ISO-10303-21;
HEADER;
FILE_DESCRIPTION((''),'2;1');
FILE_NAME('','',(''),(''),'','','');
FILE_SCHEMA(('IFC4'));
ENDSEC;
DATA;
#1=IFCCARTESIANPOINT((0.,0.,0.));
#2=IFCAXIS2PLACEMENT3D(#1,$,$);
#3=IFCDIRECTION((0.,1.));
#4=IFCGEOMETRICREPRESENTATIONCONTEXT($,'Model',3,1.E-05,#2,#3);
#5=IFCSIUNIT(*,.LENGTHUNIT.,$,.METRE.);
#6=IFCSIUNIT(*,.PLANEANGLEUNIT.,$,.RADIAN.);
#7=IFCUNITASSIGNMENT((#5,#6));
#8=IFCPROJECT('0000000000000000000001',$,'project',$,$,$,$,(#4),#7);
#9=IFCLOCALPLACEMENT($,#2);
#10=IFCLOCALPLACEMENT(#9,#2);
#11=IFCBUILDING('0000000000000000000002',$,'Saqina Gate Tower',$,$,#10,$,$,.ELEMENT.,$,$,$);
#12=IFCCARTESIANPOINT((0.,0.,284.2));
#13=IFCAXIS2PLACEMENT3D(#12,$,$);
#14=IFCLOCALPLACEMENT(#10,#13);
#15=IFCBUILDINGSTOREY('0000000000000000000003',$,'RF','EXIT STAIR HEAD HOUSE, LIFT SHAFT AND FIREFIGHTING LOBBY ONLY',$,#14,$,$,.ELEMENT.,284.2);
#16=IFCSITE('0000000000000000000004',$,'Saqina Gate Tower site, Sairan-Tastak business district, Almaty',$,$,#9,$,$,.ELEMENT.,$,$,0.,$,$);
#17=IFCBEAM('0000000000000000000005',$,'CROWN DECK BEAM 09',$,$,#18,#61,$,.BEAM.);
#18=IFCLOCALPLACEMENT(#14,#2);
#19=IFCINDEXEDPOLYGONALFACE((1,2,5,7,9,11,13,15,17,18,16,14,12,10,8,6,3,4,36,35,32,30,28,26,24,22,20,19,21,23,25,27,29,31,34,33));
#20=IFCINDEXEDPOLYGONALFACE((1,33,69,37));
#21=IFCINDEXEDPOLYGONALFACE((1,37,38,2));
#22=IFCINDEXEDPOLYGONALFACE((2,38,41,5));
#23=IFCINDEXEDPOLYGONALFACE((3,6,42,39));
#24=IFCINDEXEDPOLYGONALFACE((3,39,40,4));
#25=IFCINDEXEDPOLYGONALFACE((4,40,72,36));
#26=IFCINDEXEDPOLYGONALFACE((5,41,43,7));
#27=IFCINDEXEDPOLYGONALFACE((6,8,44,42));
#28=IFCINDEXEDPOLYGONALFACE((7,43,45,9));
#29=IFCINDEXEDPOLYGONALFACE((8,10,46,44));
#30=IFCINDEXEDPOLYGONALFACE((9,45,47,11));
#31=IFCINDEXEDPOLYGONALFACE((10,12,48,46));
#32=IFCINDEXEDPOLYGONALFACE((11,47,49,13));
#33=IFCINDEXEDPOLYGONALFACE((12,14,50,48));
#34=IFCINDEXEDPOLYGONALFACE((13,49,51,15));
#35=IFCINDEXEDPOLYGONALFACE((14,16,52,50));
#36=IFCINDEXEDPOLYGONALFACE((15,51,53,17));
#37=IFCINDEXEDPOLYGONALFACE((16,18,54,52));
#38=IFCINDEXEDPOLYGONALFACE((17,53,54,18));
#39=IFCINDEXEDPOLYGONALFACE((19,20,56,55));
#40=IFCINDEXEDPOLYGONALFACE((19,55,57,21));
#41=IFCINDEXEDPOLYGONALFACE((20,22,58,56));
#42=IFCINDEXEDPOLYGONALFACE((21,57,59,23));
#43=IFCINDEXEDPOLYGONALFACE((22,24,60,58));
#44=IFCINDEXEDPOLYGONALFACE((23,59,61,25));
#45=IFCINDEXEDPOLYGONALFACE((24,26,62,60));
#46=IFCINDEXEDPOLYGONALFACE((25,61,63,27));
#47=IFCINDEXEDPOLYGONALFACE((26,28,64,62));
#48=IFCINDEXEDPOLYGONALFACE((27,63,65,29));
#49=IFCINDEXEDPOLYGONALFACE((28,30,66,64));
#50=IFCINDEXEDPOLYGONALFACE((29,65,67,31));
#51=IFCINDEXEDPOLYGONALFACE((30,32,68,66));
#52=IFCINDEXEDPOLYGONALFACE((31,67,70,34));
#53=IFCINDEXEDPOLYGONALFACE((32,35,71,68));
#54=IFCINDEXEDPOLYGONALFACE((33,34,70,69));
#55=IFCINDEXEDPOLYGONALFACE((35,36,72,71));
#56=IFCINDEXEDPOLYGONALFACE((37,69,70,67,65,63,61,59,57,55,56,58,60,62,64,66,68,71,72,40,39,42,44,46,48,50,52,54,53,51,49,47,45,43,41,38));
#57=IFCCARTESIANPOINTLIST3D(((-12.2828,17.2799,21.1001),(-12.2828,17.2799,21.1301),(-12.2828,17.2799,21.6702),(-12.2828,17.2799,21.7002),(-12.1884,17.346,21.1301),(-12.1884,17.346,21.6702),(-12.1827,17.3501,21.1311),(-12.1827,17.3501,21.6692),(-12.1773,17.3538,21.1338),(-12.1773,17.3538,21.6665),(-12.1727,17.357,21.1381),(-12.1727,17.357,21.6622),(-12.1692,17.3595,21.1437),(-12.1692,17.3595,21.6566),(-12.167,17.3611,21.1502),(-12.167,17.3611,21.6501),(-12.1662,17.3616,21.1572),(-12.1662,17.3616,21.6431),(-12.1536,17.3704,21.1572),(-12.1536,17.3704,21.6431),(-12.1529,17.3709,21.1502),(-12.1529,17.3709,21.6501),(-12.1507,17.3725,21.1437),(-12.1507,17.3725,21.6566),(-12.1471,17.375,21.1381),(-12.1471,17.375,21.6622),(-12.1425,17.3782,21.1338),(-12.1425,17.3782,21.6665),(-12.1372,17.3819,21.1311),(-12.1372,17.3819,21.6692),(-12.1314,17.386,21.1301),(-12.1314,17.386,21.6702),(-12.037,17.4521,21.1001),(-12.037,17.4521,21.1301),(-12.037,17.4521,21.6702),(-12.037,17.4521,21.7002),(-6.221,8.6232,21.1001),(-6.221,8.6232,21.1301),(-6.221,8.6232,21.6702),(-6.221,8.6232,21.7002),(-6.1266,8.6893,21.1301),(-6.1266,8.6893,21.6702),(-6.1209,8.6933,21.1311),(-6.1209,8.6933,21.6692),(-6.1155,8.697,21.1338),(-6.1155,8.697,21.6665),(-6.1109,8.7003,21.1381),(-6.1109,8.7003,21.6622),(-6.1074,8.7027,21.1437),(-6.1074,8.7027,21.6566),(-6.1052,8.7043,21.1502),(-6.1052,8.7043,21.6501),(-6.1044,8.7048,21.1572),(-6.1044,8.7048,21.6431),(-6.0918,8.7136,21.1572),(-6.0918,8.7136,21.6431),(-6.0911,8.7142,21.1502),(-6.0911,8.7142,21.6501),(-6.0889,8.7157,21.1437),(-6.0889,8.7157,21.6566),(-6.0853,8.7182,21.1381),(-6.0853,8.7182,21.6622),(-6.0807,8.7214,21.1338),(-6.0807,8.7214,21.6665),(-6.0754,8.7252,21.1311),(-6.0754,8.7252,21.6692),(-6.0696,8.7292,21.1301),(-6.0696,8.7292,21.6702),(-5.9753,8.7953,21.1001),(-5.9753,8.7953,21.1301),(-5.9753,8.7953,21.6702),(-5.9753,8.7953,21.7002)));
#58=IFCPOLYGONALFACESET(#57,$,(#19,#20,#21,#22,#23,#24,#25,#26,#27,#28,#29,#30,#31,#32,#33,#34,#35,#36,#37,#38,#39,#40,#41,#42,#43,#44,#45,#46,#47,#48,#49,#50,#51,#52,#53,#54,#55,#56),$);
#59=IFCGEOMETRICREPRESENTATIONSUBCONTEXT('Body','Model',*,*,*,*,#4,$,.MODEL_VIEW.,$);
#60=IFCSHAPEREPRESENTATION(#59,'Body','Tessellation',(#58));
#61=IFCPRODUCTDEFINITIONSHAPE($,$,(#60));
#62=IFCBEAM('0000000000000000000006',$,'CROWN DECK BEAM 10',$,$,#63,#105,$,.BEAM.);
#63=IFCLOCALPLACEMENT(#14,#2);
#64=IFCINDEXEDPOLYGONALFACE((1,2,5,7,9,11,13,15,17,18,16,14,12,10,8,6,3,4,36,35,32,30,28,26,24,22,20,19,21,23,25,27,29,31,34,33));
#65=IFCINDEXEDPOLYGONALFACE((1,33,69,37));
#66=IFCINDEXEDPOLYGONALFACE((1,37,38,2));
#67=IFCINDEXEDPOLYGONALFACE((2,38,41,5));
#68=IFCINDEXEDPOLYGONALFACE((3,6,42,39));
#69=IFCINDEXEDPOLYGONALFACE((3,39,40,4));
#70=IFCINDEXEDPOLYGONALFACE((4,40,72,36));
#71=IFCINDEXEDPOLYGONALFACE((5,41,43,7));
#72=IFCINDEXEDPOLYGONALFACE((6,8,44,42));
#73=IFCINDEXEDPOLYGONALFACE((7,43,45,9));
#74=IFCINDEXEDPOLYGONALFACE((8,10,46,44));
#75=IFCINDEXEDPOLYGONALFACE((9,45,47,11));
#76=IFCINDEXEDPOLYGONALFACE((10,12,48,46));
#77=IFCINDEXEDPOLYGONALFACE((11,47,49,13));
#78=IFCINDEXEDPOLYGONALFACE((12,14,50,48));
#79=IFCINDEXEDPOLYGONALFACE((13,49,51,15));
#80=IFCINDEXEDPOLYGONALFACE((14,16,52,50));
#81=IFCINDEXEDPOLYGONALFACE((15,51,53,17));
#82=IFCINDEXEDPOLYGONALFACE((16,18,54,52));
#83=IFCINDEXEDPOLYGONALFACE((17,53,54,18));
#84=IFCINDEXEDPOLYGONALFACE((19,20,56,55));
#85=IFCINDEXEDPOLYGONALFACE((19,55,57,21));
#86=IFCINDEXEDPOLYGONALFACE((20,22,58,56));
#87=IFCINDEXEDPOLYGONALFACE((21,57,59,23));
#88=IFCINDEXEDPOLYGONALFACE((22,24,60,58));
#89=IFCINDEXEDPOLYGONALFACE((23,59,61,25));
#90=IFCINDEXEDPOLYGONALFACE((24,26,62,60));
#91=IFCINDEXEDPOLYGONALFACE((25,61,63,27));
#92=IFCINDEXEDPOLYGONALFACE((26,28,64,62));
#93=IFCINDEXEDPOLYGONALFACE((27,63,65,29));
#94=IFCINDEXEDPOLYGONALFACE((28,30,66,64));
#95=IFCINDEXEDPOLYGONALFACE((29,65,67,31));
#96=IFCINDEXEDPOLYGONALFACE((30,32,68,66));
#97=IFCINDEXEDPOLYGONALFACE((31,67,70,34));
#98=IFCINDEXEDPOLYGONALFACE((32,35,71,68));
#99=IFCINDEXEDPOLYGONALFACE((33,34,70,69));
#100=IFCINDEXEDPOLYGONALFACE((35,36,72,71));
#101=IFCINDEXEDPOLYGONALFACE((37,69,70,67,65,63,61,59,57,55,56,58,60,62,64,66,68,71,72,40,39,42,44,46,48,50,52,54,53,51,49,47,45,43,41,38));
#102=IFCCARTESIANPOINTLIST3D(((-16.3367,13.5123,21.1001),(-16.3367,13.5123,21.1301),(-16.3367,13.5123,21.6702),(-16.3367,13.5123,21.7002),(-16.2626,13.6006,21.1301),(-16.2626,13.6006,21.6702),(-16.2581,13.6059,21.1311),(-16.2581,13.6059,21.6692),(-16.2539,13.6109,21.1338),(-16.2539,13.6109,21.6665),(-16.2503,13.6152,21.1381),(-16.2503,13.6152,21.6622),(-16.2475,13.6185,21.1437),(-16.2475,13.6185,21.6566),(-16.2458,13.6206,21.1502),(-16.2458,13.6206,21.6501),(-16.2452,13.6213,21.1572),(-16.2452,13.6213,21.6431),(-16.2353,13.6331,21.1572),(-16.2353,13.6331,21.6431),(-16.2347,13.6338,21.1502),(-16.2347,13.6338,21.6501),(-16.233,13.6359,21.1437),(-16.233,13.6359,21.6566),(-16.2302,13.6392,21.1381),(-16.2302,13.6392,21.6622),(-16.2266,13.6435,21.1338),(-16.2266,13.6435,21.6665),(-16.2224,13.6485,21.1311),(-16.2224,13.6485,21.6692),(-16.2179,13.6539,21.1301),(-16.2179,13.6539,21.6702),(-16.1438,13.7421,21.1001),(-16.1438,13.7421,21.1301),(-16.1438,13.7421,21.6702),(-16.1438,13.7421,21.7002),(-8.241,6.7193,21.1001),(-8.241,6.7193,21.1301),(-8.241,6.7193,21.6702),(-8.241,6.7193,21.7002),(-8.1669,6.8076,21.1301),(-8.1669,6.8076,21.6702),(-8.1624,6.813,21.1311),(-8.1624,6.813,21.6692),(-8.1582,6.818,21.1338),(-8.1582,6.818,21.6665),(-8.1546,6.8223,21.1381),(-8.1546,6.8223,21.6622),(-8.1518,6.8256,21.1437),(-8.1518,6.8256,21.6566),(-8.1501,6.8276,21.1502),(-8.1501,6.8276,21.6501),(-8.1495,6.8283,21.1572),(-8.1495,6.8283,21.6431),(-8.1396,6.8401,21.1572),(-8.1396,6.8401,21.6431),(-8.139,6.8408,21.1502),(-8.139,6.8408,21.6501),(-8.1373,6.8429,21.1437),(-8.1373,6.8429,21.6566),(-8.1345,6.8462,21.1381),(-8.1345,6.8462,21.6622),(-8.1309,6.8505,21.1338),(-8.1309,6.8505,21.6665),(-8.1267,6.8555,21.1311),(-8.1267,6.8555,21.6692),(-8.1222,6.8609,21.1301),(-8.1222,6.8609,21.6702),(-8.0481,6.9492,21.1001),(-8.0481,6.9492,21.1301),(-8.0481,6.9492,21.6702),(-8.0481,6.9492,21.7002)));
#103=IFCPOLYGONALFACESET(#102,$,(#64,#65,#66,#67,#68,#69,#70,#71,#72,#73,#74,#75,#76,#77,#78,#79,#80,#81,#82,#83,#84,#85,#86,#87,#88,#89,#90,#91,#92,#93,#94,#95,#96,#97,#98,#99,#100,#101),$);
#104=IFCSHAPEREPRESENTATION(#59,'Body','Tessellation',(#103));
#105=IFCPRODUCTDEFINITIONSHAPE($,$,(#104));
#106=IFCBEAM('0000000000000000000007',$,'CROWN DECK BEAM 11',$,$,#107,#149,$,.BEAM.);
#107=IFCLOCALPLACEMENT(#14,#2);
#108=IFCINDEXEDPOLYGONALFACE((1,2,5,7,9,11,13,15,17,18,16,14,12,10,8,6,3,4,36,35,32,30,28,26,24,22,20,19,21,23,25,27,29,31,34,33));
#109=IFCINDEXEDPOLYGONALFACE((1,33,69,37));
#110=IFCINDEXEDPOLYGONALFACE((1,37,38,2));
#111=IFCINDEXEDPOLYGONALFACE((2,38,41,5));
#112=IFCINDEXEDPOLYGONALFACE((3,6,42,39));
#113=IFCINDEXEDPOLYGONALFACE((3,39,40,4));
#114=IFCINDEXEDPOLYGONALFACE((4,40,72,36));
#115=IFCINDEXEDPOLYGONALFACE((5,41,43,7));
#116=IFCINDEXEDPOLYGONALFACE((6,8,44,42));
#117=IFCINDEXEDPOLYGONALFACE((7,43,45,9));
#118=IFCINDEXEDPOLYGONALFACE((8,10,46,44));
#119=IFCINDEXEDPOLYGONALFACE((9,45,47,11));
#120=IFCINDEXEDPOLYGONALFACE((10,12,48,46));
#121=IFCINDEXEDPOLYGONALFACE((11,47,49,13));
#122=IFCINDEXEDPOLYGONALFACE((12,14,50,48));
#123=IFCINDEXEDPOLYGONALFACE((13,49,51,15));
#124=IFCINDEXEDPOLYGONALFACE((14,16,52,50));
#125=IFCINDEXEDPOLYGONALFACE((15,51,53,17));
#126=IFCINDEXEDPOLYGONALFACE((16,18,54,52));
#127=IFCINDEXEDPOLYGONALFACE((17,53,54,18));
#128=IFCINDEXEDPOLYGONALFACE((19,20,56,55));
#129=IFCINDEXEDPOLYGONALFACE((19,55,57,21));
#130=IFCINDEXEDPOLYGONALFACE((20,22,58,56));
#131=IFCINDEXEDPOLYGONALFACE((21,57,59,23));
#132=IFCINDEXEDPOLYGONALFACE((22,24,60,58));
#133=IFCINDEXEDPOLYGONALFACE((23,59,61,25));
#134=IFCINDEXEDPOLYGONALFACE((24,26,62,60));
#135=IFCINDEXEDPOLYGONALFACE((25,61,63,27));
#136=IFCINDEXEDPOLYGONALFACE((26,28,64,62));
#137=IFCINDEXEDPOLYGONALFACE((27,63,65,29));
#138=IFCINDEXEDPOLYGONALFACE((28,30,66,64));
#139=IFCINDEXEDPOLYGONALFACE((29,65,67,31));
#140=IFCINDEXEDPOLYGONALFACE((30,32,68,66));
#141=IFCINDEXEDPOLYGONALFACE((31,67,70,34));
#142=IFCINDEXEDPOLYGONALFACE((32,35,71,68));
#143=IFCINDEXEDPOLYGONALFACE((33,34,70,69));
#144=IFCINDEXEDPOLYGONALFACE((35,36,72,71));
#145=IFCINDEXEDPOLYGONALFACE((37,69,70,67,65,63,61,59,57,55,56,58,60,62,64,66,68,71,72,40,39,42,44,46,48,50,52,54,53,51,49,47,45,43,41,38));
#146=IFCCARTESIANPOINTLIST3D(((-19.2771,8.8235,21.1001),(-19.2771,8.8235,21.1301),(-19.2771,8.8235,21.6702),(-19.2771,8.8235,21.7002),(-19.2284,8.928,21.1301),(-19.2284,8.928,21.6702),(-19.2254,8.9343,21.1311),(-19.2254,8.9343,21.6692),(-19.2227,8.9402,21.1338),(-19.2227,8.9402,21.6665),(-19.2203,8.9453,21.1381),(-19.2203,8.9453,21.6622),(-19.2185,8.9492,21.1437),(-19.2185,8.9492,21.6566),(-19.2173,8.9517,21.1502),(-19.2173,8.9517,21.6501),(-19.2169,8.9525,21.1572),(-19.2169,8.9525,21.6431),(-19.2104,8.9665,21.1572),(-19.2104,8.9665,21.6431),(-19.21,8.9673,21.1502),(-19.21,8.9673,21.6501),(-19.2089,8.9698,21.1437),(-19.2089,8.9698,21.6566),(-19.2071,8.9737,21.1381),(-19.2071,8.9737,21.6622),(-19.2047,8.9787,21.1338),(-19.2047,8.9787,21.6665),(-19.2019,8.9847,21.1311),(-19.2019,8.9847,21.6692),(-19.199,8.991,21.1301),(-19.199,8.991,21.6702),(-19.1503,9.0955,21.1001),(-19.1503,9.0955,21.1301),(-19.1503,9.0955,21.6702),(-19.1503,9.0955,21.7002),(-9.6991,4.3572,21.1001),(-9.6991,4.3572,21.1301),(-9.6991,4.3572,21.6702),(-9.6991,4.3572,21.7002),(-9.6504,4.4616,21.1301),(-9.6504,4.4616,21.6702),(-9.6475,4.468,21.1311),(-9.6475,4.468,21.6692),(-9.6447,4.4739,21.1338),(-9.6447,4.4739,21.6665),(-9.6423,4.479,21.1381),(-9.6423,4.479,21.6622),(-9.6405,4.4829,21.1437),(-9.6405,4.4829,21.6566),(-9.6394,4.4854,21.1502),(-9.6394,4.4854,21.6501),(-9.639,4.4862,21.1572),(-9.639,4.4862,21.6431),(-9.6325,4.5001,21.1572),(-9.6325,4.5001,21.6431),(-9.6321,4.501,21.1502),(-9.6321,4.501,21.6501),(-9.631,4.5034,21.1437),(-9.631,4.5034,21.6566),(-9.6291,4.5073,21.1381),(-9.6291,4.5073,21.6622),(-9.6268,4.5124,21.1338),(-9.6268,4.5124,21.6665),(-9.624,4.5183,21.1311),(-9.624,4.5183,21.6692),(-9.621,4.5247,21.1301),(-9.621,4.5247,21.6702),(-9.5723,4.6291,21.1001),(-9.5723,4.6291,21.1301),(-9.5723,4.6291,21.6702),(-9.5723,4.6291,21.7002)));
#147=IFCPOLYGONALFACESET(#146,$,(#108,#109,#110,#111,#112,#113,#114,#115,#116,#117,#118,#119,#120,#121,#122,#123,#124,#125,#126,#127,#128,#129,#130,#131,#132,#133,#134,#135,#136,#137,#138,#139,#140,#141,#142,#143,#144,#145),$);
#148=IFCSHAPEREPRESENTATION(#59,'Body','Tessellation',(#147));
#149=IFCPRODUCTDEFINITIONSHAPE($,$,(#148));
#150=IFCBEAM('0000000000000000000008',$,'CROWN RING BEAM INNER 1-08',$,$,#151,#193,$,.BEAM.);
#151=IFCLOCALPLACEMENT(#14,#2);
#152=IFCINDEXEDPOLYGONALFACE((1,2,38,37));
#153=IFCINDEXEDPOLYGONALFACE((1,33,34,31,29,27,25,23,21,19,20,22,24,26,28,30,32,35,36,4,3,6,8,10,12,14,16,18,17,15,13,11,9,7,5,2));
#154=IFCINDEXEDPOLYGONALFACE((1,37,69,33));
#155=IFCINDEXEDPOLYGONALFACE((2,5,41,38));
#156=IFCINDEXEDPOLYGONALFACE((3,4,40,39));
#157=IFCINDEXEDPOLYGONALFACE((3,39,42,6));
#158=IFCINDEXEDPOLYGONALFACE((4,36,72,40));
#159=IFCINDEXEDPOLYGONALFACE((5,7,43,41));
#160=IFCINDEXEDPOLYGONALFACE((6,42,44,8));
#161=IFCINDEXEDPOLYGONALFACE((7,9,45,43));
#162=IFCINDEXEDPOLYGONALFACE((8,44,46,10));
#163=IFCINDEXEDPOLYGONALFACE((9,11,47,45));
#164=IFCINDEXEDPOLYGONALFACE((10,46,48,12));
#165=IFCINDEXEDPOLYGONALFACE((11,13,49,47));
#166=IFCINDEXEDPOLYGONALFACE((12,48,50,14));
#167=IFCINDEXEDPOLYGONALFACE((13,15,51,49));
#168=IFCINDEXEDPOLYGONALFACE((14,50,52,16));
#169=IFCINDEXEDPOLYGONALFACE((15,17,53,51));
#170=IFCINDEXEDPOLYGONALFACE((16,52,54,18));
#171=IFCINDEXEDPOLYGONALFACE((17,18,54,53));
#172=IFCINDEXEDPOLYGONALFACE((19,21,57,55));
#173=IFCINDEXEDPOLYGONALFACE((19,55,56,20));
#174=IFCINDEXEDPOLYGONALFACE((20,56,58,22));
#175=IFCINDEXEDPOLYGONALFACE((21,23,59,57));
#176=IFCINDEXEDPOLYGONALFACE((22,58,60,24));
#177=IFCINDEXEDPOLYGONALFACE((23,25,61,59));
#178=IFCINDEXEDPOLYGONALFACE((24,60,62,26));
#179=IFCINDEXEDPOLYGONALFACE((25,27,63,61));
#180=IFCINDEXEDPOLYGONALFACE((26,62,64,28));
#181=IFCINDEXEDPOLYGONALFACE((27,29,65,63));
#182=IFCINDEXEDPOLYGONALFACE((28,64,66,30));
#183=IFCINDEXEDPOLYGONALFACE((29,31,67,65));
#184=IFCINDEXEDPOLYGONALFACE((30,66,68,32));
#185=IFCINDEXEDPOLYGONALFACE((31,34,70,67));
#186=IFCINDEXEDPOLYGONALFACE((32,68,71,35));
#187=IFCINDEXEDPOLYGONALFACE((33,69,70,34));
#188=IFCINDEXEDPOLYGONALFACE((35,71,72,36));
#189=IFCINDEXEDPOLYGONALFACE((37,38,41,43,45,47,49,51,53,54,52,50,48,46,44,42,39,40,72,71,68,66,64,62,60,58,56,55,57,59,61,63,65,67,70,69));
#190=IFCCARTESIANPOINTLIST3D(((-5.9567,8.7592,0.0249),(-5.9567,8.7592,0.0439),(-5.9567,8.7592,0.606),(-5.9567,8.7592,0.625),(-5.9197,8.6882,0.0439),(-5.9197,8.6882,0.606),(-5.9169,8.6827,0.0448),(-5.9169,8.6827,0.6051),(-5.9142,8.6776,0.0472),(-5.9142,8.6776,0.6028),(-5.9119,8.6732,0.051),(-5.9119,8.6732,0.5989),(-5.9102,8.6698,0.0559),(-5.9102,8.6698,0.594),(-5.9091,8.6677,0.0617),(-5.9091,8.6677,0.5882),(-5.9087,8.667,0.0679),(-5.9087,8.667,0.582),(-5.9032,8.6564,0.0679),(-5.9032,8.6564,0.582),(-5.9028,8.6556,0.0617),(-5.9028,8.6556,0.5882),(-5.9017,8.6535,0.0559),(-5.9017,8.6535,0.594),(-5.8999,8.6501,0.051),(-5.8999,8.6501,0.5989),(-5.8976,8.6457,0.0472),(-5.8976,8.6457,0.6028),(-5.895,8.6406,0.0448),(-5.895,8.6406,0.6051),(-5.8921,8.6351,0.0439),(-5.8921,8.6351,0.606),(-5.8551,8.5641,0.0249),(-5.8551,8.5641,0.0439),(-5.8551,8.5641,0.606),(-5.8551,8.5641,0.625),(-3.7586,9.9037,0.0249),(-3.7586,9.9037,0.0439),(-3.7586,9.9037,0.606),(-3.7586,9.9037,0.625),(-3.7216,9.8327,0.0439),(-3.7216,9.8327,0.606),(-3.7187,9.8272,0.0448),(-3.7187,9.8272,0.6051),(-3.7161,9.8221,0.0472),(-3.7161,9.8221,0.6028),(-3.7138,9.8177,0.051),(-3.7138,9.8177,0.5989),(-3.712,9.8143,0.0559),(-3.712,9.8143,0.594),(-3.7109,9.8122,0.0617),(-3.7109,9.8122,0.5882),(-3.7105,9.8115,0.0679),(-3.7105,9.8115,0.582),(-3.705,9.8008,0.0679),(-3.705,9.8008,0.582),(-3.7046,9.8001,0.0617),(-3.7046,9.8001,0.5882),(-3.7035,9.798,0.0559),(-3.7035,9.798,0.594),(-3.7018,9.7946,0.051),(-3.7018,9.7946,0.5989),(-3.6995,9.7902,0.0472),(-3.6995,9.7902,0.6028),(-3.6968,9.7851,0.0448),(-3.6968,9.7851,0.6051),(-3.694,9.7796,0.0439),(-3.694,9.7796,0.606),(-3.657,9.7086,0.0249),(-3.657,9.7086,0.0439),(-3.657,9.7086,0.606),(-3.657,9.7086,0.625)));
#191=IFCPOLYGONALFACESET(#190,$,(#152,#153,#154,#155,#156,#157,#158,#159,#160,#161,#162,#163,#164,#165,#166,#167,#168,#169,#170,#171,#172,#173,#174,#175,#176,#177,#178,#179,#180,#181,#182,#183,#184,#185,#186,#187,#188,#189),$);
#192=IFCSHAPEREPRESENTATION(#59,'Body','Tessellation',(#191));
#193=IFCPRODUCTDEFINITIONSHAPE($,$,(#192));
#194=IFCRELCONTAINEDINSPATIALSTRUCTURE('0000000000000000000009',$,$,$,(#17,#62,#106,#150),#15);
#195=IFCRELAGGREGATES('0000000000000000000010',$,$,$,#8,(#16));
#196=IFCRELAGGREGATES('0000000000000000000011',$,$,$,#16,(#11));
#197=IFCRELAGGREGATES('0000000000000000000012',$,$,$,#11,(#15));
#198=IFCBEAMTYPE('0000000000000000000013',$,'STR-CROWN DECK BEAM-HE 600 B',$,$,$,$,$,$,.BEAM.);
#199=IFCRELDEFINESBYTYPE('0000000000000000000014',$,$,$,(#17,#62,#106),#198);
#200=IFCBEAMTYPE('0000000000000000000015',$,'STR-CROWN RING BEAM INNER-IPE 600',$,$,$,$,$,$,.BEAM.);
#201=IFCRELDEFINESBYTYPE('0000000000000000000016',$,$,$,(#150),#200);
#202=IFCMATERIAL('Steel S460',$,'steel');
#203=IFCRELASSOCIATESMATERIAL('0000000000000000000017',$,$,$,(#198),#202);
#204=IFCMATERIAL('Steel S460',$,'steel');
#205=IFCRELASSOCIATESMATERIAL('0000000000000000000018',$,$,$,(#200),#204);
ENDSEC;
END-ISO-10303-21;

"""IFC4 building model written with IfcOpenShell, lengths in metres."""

from ifc_helpers import new_model, si_unit, direction, frame, origin, origin_2d, place, context, subcontext, project, spatial, i_section, extrude, material, material_profile, profile_set, type_object, element, save


model = new_model("IFC4")

# Units and contexts
model_context = context("Model", 3, precision=1e-05, world=origin(), true_north=direction((0.0, 1.0)))
body_context = subcontext(model_context, "Body", "Model", "MODEL_VIEW")
ifc_project = project(units=[si_unit("LENGTHUNIT", "METRE"), si_unit("PLANEANGLEUNIT", "RADIAN")], contexts=[model_context])

# Site, building, storey
site_placement = place(None, origin())
site = spatial("IfcSite", under=ifc_project, at=site_placement, Name="Saqina Gate Tower site, Sairan-Tastak business district, Almaty", CompositionType="ELEMENT", RefElevation=0.0)
building_placement = place(site_placement, origin())
building = spatial("IfcBuilding", under=site, at=building_placement, Name="Saqina Gate Tower", CompositionType="ELEMENT")
storey_placement = place(building_placement, frame((0.0, 0.0, 284.2)))
storey = spatial("IfcBuildingStorey", under=building, at=storey_placement, Name="RF", Description="EXIT STAIR HEAD HOUSE, LIFT SHAFT AND FIREFIGHTING LOBBY ONLY", CompositionType="ELEMENT", Elevation=284.2)

# Beams
ifc_material_1 = material(Name="Steel S460", Category="steel")
ifc_material_profile_1 = material_profile(ifc_material_1, i_section(OverallWidth=0.3, OverallDepth=0.6001, WebThickness=0.0154, FlangeThickness=0.03, FilletRadius=0.0271, at=origin_2d()), Name="HE 600 B")
ifc_profile_set_1 = profile_set([ifc_material_profile_1], Name="Steel S460")
beam_type_1 = type_object("IfcBeamType", Name="STR-CROWN DECK BEAM-HE 600 B", PredefinedType="BEAM", material=ifc_profile_set_1)
for number, where, z_axis, x_axis, name in (
    (1, (-6.0981, 8.7092, 21.4001), (-0.573593, 0.819141, 0.0), (-0.819141, -0.573593, 0.0), "CROWN DECK BEAM 09"),
    (2, (-8.1445, 6.8342, 21.4001), (-0.766051, 0.64278, 0.0), (-0.64278, -0.766051, 0.0), "CROWN DECK BEAM 10"),
    (3, (-9.6357, 4.4932, 21.4001), (-0.906305, 0.422624, 0.0), (-0.422624, -0.906305, 0.0), "CROWN DECK BEAM 11"),
):
    element("IfcBeam", number, at=place(storey_placement, frame(where, z_axis=z_axis, x_axis=x_axis)), inside=storey, type_object=beam_type_1, Name=name, PredefinedType="BEAM", context=body_context, shape_type="SweptSolid", body=[
        extrude(i_section(OverallWidth=0.3, OverallDepth=0.6001, WebThickness=0.0154, FlangeThickness=0.03, FilletRadius=0.0271, at=origin_2d()), origin(), (0.0, 0.0, 1.0), 10.5681),
    ])
ifc_material_2 = material(Name="Steel S460", Category="steel")
ifc_material_profile_2 = material_profile(ifc_material_2, i_section(OverallWidth=0.22, OverallDepth=0.6001, WebThickness=0.012, FlangeThickness=0.019, FilletRadius=0.0239, at=origin_2d()), Name="IPE 600")
ifc_profile_set_2 = profile_set([ifc_material_profile_2], Name="Steel S460")
beam_type_2 = type_object("IfcBeamType", Name="STR-CROWN RING BEAM INNER-IPE 600", PredefinedType="BEAM", material=ifc_profile_set_2)
beam_1_placement = place(storey_placement, frame((-3.7078, 9.8062, 0.325), z_axis=(-0.886978, -0.461812, 0.0), x_axis=(0.461812, -0.886978, 0.0)))
element("IfcBeam", 4, at=beam_1_placement, inside=storey, type_object=beam_type_2, Name="CROWN RING BEAM INNER 1-08", PredefinedType="BEAM", context=body_context, shape_type="SweptSolid", body=[
    extrude(i_section(OverallWidth=0.22, OverallDepth=0.6001, WebThickness=0.012, FlangeThickness=0.019, FilletRadius=0.0239, at=origin_2d()), origin(), (0.0, 0.0, 1.0), 2.4783),
])

save(model, "model.ifc")
